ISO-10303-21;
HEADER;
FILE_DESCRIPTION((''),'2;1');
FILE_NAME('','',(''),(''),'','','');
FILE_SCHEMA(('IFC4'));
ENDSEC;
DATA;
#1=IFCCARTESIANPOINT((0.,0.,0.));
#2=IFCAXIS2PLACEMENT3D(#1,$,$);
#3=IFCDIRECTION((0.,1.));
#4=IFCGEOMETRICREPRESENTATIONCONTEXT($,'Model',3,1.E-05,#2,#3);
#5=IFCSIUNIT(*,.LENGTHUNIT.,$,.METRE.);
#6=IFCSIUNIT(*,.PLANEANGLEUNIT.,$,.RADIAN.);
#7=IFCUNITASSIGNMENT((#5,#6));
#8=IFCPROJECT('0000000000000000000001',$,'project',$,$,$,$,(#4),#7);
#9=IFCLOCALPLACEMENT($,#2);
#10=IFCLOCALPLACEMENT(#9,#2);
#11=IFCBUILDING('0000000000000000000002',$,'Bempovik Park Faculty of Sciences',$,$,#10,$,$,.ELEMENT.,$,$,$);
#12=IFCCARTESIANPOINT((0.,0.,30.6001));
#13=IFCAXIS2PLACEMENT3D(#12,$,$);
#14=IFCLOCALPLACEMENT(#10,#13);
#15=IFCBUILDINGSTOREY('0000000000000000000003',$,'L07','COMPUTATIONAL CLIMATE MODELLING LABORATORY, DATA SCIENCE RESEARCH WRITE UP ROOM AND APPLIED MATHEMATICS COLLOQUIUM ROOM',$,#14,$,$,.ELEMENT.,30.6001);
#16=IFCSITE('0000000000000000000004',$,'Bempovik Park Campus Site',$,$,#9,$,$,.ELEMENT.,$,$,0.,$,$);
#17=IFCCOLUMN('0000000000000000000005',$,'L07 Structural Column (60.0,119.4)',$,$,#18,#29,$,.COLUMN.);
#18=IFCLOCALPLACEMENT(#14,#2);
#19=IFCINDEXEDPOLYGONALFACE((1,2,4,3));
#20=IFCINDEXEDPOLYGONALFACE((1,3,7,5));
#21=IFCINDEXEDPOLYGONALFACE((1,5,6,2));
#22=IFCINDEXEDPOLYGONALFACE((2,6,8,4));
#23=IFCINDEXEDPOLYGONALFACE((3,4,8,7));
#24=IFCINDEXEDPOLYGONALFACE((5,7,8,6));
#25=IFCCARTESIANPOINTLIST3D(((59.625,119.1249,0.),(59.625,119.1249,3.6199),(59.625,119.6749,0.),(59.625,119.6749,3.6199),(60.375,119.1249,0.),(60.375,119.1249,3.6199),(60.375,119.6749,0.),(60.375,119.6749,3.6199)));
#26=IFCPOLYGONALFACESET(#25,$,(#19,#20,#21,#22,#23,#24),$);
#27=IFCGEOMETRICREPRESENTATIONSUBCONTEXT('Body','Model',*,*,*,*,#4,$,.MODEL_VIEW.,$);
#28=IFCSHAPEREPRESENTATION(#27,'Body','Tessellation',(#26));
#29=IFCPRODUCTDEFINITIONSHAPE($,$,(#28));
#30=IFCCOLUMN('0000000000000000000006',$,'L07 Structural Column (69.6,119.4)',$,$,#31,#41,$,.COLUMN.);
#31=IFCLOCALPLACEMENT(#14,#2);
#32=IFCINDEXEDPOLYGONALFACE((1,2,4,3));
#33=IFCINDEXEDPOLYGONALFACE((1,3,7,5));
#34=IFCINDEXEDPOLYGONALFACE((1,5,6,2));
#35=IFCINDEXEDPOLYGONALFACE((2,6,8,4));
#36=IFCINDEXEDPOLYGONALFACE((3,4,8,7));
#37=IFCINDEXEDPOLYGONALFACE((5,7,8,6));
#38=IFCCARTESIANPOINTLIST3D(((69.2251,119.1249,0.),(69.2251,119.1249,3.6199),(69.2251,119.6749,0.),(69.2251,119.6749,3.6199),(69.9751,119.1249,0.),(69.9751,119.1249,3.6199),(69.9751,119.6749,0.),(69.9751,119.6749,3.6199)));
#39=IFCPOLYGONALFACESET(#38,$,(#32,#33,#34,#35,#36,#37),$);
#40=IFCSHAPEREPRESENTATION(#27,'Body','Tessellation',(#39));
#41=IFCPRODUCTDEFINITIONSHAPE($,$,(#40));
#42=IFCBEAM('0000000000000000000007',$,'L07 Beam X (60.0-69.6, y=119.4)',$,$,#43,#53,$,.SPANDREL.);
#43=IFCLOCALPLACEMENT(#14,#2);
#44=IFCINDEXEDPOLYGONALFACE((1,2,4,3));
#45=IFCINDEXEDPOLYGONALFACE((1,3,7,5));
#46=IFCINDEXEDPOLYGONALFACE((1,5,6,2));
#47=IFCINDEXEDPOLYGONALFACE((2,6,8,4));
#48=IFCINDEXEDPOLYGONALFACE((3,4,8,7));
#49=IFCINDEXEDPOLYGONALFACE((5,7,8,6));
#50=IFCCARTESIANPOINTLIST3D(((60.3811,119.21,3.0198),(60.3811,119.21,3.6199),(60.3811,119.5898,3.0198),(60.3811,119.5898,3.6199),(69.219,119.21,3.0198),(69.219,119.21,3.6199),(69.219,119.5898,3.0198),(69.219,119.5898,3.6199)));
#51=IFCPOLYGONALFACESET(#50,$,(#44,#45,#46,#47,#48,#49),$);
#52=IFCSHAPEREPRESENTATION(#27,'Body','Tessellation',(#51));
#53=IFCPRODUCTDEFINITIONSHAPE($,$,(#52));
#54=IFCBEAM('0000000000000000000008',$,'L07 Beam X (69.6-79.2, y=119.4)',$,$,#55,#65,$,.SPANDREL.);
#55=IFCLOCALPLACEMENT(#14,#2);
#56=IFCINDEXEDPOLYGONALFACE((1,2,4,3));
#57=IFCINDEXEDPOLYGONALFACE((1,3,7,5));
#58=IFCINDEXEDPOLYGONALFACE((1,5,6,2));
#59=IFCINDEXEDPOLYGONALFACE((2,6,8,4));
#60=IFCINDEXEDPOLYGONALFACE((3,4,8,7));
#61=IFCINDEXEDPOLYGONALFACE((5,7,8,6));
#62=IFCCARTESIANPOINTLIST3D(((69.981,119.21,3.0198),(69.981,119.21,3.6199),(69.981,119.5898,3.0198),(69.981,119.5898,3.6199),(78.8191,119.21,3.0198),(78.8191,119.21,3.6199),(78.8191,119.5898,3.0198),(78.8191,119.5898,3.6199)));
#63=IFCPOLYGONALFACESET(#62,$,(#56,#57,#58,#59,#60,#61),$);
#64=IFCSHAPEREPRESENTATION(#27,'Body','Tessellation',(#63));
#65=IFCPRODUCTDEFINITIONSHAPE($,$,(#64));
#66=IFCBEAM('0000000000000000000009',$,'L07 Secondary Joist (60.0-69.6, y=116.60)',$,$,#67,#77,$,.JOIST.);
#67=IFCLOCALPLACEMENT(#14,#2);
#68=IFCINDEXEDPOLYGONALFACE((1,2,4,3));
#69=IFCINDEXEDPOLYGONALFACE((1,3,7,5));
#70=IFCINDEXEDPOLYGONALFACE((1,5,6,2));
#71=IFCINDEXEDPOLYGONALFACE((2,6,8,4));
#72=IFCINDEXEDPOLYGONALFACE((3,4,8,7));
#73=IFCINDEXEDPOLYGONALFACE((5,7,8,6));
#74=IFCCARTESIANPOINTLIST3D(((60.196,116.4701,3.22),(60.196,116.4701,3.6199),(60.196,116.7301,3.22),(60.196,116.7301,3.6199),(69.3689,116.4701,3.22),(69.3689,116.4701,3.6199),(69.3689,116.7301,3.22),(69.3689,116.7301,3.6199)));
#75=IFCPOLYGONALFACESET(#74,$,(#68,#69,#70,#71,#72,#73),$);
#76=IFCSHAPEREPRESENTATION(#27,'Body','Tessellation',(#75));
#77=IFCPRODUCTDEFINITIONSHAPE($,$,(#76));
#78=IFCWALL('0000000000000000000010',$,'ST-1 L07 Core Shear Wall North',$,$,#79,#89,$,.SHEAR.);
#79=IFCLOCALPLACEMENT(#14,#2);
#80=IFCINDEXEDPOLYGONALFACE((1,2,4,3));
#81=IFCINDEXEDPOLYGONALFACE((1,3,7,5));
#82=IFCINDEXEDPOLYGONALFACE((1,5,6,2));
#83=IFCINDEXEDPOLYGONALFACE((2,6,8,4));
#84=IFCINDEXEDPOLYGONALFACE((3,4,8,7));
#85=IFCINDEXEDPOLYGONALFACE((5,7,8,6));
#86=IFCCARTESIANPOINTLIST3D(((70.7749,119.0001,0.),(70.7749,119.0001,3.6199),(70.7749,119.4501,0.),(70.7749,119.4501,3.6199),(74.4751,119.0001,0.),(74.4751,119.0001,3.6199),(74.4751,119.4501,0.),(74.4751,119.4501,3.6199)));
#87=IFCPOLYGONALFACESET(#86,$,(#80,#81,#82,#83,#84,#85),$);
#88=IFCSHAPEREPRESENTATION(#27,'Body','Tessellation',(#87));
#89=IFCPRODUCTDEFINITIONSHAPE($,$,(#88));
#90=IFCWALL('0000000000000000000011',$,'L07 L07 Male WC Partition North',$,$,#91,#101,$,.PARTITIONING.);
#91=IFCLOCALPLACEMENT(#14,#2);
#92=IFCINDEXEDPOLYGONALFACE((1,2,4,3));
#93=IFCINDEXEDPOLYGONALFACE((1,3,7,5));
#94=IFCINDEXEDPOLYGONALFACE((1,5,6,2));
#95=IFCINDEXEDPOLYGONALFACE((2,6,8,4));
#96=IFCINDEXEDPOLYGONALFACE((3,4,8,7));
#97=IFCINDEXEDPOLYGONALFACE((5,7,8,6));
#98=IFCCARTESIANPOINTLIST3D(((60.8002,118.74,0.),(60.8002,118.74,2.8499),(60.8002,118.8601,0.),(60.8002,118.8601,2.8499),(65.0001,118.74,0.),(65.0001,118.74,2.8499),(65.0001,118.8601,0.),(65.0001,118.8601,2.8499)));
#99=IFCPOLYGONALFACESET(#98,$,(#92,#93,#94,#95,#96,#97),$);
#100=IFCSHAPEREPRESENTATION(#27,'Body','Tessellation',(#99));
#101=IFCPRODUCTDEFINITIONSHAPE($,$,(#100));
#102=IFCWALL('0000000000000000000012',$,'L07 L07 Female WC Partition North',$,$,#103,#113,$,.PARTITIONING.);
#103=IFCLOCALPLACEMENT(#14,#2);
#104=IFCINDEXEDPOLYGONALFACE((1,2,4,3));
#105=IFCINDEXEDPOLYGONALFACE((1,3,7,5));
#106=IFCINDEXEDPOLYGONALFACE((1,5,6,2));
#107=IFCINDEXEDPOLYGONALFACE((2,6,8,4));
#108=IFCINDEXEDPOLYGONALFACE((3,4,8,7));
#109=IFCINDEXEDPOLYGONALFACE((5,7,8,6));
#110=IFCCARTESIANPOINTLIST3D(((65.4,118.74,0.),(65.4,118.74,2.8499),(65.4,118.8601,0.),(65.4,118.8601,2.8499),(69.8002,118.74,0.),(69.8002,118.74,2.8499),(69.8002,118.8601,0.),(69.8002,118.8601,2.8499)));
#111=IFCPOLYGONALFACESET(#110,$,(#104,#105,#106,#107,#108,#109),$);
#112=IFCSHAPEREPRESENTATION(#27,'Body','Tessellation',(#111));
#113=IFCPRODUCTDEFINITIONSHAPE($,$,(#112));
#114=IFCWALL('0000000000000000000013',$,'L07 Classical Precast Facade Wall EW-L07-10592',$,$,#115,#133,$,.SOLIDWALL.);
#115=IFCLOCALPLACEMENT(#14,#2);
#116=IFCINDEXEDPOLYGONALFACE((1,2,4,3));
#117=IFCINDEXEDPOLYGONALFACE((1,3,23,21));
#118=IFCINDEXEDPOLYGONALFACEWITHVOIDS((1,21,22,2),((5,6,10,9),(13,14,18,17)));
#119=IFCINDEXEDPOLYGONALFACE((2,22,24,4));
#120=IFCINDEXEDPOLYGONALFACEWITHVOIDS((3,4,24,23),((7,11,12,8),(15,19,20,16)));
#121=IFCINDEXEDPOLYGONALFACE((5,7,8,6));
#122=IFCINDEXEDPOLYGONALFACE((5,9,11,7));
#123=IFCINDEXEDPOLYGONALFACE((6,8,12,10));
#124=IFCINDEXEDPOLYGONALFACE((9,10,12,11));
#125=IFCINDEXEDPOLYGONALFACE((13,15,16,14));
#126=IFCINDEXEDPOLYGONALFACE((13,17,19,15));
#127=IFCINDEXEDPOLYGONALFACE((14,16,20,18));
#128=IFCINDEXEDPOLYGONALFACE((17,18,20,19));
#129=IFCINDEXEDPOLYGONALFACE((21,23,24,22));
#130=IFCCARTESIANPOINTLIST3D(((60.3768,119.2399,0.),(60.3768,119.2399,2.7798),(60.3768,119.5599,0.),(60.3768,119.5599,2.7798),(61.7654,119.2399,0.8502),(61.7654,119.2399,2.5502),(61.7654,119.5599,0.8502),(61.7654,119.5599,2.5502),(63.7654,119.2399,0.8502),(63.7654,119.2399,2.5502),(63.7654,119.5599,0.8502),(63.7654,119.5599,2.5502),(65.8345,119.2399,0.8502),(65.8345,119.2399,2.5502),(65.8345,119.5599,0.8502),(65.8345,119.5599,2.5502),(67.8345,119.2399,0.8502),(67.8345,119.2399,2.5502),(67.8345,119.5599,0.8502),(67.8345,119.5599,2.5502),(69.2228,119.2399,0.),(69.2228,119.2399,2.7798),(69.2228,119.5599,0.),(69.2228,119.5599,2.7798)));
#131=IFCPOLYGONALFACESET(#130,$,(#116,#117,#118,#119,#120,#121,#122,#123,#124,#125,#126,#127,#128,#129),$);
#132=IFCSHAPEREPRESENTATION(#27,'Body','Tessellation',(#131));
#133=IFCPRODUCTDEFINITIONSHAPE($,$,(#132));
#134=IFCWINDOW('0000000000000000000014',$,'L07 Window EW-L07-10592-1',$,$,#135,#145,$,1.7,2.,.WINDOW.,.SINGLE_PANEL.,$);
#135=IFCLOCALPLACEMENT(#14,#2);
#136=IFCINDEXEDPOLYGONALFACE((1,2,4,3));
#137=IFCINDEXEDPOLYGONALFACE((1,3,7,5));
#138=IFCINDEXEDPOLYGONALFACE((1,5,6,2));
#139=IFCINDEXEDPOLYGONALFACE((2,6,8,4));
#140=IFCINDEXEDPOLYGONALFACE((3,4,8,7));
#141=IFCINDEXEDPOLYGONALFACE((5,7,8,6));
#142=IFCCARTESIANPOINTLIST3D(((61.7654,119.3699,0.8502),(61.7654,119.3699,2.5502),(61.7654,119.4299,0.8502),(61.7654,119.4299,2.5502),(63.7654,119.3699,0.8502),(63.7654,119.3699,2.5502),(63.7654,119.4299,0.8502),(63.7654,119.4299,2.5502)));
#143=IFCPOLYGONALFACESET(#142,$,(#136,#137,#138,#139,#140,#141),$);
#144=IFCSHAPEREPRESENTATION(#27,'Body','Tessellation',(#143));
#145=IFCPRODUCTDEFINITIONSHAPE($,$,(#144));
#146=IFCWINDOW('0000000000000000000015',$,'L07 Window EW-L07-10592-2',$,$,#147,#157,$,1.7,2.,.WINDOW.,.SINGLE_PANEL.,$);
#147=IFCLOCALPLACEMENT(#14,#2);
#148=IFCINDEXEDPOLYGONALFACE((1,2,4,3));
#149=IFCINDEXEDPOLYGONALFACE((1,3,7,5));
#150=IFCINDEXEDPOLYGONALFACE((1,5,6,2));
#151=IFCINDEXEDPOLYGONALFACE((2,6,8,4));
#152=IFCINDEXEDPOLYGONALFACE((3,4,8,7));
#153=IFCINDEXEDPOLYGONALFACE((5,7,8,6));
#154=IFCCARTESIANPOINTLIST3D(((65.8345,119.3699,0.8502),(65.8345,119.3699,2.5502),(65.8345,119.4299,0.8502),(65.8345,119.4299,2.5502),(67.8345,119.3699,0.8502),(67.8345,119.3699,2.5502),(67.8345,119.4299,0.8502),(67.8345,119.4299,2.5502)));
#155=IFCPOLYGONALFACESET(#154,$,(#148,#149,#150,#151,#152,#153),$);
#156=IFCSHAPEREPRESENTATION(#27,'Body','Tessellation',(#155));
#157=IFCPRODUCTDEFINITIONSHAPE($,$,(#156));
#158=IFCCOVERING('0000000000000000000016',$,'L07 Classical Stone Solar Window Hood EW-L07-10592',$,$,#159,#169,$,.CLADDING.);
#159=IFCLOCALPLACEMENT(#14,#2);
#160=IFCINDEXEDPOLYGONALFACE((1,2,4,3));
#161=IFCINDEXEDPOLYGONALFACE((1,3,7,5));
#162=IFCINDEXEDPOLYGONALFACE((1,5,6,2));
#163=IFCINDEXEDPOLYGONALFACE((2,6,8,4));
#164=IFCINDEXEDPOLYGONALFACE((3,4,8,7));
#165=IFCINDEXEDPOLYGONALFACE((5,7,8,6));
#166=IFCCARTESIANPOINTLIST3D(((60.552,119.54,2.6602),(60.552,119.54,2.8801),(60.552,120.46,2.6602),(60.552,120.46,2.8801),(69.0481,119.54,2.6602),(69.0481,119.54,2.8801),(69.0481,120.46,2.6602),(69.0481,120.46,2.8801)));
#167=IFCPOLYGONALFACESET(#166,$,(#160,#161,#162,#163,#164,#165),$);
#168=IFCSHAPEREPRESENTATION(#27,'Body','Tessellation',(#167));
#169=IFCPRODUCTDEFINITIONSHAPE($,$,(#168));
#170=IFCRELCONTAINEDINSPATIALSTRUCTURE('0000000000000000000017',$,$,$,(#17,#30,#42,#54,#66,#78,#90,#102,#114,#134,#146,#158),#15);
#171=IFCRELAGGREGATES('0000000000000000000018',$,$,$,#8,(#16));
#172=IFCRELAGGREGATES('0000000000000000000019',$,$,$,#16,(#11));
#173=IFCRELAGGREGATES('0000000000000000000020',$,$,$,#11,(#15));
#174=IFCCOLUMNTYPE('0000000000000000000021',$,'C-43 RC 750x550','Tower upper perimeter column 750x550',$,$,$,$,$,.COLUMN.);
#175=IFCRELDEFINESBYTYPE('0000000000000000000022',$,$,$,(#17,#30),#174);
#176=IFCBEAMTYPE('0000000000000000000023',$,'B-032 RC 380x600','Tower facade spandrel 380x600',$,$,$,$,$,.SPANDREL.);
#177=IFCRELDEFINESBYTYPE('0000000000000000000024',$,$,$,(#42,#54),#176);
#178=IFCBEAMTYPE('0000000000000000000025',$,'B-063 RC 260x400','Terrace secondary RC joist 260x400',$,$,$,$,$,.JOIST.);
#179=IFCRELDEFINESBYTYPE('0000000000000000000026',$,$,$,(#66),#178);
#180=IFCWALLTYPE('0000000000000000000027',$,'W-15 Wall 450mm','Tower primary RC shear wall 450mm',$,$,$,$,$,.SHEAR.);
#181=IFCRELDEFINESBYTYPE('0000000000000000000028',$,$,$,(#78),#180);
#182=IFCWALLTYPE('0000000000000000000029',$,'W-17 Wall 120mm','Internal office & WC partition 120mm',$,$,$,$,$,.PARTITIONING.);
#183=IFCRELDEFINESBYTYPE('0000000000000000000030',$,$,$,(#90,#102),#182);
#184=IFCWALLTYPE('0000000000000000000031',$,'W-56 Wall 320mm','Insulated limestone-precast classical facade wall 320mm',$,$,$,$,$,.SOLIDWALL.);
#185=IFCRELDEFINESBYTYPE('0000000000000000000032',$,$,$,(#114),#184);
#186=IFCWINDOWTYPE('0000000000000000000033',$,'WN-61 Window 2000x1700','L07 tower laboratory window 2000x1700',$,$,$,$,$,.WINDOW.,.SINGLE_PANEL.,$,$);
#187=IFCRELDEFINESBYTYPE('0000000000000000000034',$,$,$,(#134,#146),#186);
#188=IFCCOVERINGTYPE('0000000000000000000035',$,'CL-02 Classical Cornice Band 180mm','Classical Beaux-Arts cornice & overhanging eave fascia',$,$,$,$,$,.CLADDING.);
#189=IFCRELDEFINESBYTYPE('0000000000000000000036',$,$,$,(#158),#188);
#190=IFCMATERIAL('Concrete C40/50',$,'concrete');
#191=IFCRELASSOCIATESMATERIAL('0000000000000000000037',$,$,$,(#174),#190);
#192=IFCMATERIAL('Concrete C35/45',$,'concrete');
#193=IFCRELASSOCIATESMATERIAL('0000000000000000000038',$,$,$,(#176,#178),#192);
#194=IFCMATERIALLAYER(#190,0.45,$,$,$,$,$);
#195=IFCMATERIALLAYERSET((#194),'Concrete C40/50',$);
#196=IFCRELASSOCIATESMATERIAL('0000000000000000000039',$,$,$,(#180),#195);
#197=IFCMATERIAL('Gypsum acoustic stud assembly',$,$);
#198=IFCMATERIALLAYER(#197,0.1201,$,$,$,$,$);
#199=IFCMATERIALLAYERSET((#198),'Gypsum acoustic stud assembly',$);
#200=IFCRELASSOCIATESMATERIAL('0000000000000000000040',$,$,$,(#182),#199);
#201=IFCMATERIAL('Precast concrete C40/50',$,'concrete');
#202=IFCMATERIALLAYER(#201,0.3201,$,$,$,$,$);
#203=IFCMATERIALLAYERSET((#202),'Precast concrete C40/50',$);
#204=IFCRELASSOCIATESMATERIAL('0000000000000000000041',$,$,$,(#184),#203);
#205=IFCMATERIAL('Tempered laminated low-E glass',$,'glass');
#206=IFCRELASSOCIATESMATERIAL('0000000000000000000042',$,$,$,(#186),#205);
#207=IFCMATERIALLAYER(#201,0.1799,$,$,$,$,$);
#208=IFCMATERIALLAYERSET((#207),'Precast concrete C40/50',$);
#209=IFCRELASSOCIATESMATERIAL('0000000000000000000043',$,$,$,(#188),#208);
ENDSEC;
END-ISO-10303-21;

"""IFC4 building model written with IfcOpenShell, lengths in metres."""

from ifc_helpers import new_model, si_unit, direction, frame, frame_2d, origin, origin_2d, place, context, subcontext, project, spatial, rectangle, extrude, material, layer, layer_set, material_profile, profile_set, type_object, element, fill, save


model = new_model("IFC4")

# Units and contexts
model_context = context("Model", 3, precision=1e-05, world=origin(), true_north=direction((0.0, 1.0)))
body_context = subcontext(model_context, "Body", "Model", "MODEL_VIEW")
ifc_project = project(units=[si_unit("LENGTHUNIT", "METRE"), si_unit("PLANEANGLEUNIT", "RADIAN")], contexts=[model_context])

# Site, building, storey
site_placement = place(None, origin())
site = spatial("IfcSite", under=ifc_project, at=site_placement, Name="Bempovik Park Campus Site", CompositionType="ELEMENT", RefElevation=0.0)
building_placement = place(site_placement, origin())
building = spatial("IfcBuilding", under=site, at=building_placement, Name="Bempovik Park Faculty of Sciences", CompositionType="ELEMENT")
storey_placement = place(building_placement, frame((0.0, 0.0, 30.6001)))
storey = spatial("IfcBuildingStorey", under=building, at=storey_placement, Name="L07", Description="COMPUTATIONAL CLIMATE MODELLING LABORATORY, DATA SCIENCE RESEARCH WRITE UP ROOM AND APPLIED MATHEMATICS COLLOQUIUM ROOM", CompositionType="ELEMENT", Elevation=30.6001)

# Columns
ifc_material_1 = material(Name="Concrete C40/50", Category="concrete")
ifc_material_profile_1 = material_profile(ifc_material_1, rectangle(XDim=0.75, YDim=0.55, at=origin_2d()), Name="RC 750x550")
ifc_profile_set_1 = profile_set([ifc_material_profile_1], Name="Concrete C40/50")
column_type = type_object("IfcColumnType", Name="C-43 RC 750x550", Description="Tower upper perimeter column 750x550", PredefinedType="COLUMN", material=ifc_profile_set_1)
for number, where, z_axis, x_axis, name in (
    (1, (60.0, 119.3999, 0.0), (0.0, 0.0, 1.0), (1.0, 0.0, 0.0), "L07 Structural Column (60.0,119.4)"),
    (2, (69.6001, 119.3999, 0.0), (0.0, 0.0, 1.0), (1.0, 0.0, 0.0), "L07 Structural Column (69.6,119.4)"),
):
    element("IfcColumn", number, at=place(storey_placement, frame(where, z_axis=z_axis, x_axis=x_axis)), inside=storey, type_object=column_type, Name=name, PredefinedType="COLUMN", context=body_context, shape_type="SweptSolid", body=[
        extrude(rectangle(XDim=0.75, YDim=0.55, at=origin_2d()), origin(), (0.0, 0.0, 1.0), 3.6199),
    ])

# Beams
ifc_material_2 = material(Name="Concrete C35/45", Category="concrete")
ifc_material_profile_2 = material_profile(ifc_material_2, rectangle(XDim=0.3799, YDim=0.6001, at=origin_2d()), Name="RC 380x600")
ifc_profile_set_2 = profile_set([ifc_material_profile_2], Name="Concrete C35/45")
beam_type_1 = type_object("IfcBeamType", Name="B-032 RC 380x600", Description="Tower facade spandrel 380x600", PredefinedType="SPANDREL", material=ifc_profile_set_2)
beam_1_placement = place(storey_placement, frame((60.3811, 119.3999, 3.3198), z_axis=(1.0, 0.0, 0.0), x_axis=(0.0, 1.0, 0.0)))
element("IfcBeam", 3, at=beam_1_placement, inside=storey, type_object=beam_type_1, Name="L07 Beam X (60.0-69.6, y=119.4)", PredefinedType="SPANDREL", context=body_context, shape_type="SweptSolid", body=[
    extrude(rectangle(XDim=0.3799, YDim=0.6001, at=origin_2d()), origin(), (0.0, 0.0, 1.0), 8.8379),
])
beam_2_placement = place(storey_placement, frame((69.981, 119.3999, 3.3198), z_axis=(1.0, 0.0, 0.0), x_axis=(0.0, 1.0, 0.0)))
element("IfcBeam", 4, at=beam_2_placement, inside=storey, type_object=beam_type_1, Name="L07 Beam X (69.6-79.2, y=119.4)", PredefinedType="SPANDREL", context=body_context, shape_type="SweptSolid", body=[
    extrude(rectangle(XDim=0.3799, YDim=0.6001, at=origin_2d()), origin(), (0.0, 0.0, 1.0), 8.8381),
])
ifc_material_profile_3 = material_profile(ifc_material_2, rectangle(XDim=0.26, YDim=0.3999, at=origin_2d()), Name="RC 260x400")
ifc_profile_set_3 = profile_set([ifc_material_profile_3], Name="Concrete C35/45")
beam_type_2 = type_object("IfcBeamType", Name="B-063 RC 260x400", Description="Terrace secondary RC joist 260x400", PredefinedType="JOIST", material=ifc_profile_set_3)
beam_3_placement = place(storey_placement, frame((60.196, 116.6001, 3.4199), z_axis=(1.0, 0.0, 0.0), x_axis=(0.0, 1.0, 0.0)))
element("IfcBeam", 5, at=beam_3_placement, inside=storey, type_object=beam_type_2, Name="L07 Secondary Joist (60.0-69.6, y=116.60)", PredefinedType="JOIST", context=body_context, shape_type="SweptSolid", body=[
    extrude(rectangle(XDim=0.26, YDim=0.3999, at=origin_2d()), origin(), (0.0, 0.0, 1.0), 9.1729),
])

# Walls
ifc_layer_1 = layer(ifc_material_1, 0.45)
ifc_layer_set_1 = layer_set([ifc_layer_1], Name="Concrete C40/50")
wall_type_1 = type_object("IfcWallType", Name="W-15 Wall 450mm", Description="Tower primary RC shear wall 450mm", PredefinedType="SHEAR", material=ifc_layer_set_1)
wall_1_placement = place(storey_placement, frame((70.7749, 119.2251, 0.0), z_axis=(0.0, 0.0, 1.0), x_axis=(1.0, 0.0, 0.0)))
element("IfcWall", 6, at=wall_1_placement, inside=storey, type_object=wall_type_1, Name="ST-1 L07 Core Shear Wall North", PredefinedType="SHEAR", context=body_context, shape_type="SweptSolid", body=[
    extrude(rectangle(XDim=3.7002, YDim=0.45, at=frame_2d((1.8501, 0.0))), origin(), (0.0, 0.0, 1.0), 3.6199),
])
ifc_material_3 = material(Name="Gypsum acoustic stud assembly")
ifc_layer_2 = layer(ifc_material_3, 0.1201)
ifc_layer_set_2 = layer_set([ifc_layer_2], Name="Gypsum acoustic stud assembly")
wall_type_2 = type_object("IfcWallType", Name="W-17 Wall 120mm", Description="Internal office & WC partition 120mm", PredefinedType="PARTITIONING", material=ifc_layer_set_2)
wall_2_placement = place(storey_placement, frame((60.8, 118.8, 0.0), z_axis=(0.0, 0.0, 1.0), x_axis=(1.0, 0.0, 0.0)))
element("IfcWall", 7, at=wall_2_placement, inside=storey, type_object=wall_type_2, Name="L07 L07 Male WC Partition North", PredefinedType="PARTITIONING", context=body_context, shape_type="SweptSolid", body=[
    extrude(rectangle(XDim=4.2, YDim=0.1201, at=frame_2d((2.1001, 0.0))), origin(), (0.0, 0.0, 1.0), 2.8499),
])
wall_3_placement = place(storey_placement, frame((65.3999, 118.8, 0.0), z_axis=(0.0, 0.0, 1.0), x_axis=(1.0, 0.0, 0.0)))
element("IfcWall", 8, at=wall_3_placement, inside=storey, type_object=wall_type_2, Name="L07 L07 Female WC Partition North", PredefinedType="PARTITIONING", context=body_context, shape_type="SweptSolid", body=[
    extrude(rectangle(XDim=4.4001, YDim=0.1201, at=frame_2d((2.2002, 0.0))), origin(), (0.0, 0.0, 1.0), 2.8499),
])

# Wall, openings, windows
ifc_material_4 = material(Name="Precast concrete C40/50", Category="concrete")
ifc_layer_3 = layer(ifc_material_4, 0.3201)
ifc_layer_set_3 = layer_set([ifc_layer_3], Name="Precast concrete C40/50")
wall_type_3 = type_object("IfcWallType", Name="W-56 Wall 320mm", Description="Insulated limestone-precast classical facade wall 320mm", PredefinedType="SOLIDWALL", material=ifc_layer_set_3)
wall_4_placement = place(storey_placement, frame((60.377, 119.3999, 0.0), z_axis=(0.0, 0.0, 1.0), x_axis=(1.0, 0.0, 0.0)))
wall_4 = element("IfcWall", 9, at=wall_4_placement, inside=storey, type_object=wall_type_3, Name="L07 Classical Precast Facade Wall EW-L07-10592", PredefinedType="SOLIDWALL", context=body_context, shape_type="SweptSolid", body=[
    extrude(rectangle(XDim=8.8459, YDim=0.3201, at=frame_2d((4.4229, 0.0))), origin(), (0.0, 0.0, 1.0), 2.7798),
])
opening_1_placement = place(wall_4_placement, frame((1.3884, 0.0, 0.8501)))
opening_1 = element("IfcOpeningElement", 10, at=opening_1_placement, cuts=wall_4, PredefinedType="OPENING", context=body_context, shape_type="SweptSolid", body=[
    extrude(rectangle(XDim=2.0, YDim=1.7, at=frame_2d((1.0, 0.8501))), frame((0.0, 0.1699, 0.0), z_axis=(0.0, -1.0, 0.0), x_axis=(1.0, 0.0, 0.0)), (0.0, 0.0, 1.0), 0.3401),
])
opening_2_placement = place(wall_4_placement, frame((5.4575, 0.0, 0.8501)))
opening_2 = element("IfcOpeningElement", 11, at=opening_2_placement, cuts=wall_4, PredefinedType="OPENING", context=body_context, shape_type="SweptSolid", body=[
    extrude(rectangle(XDim=2.0, YDim=1.7, at=frame_2d((1.0, 0.8501))), frame((0.0, 0.1699, 0.0), z_axis=(0.0, -1.0, 0.0), x_axis=(1.0, 0.0, 0.0)), (0.0, 0.0, 1.0), 0.3401),
])
ifc_material_5 = material(Name="Tempered laminated low-E glass", Category="glass")
window_type = type_object("IfcWindowType", Name="WN-61 Window 2000x1700", Description="L07 tower laboratory window 2000x1700", PartitioningType="SINGLE_PANEL", PredefinedType="WINDOW", material=ifc_material_5)
window_1_placement = place(opening_1_placement, origin())
window_1 = element("IfcWindow", 12, at=window_1_placement, inside=storey, type_object=window_type, Name="L07 Window EW-L07-10592-1", OverallHeight=1.7, OverallWidth=2.0, PartitioningType="SINGLE_PANEL", PredefinedType="WINDOW", context=body_context, shape_type="SweptSolid", body=[
    extrude(rectangle(XDim=2.0, YDim=1.7, at=frame_2d((1.0, 0.8501))), frame((0.0, 0.03, 0.0), z_axis=(0.0, -1.0, 0.0), x_axis=(1.0, 0.0, 0.0)), (0.0, 0.0, 1.0), 0.0601),
])
fill(opening_1, window_1)
window_2_placement = place(opening_2_placement, origin())
window_2 = element("IfcWindow", 13, at=window_2_placement, inside=storey, type_object=window_type, Name="L07 Window EW-L07-10592-2", OverallHeight=1.7, OverallWidth=2.0, PartitioningType="SINGLE_PANEL", PredefinedType="WINDOW", context=body_context, shape_type="SweptSolid", body=[
    extrude(rectangle(XDim=2.0, YDim=1.7, at=frame_2d((1.0, 0.8501))), frame((0.0, 0.03, 0.0), z_axis=(0.0, -1.0, 0.0), x_axis=(1.0, 0.0, 0.0)), (0.0, 0.0, 1.0), 0.0601),
])
fill(opening_2, window_2)

# Covering
ifc_layer_4 = layer(ifc_material_4, 0.1799)
ifc_layer_set_4 = layer_set([ifc_layer_4], Name="Precast concrete C40/50")
covering_type_1 = type_object("IfcCoveringType", Name="CL-02 Classical Cornice Band 180mm", Description="Classical Beaux-Arts cornice & overhanging eave fascia", PredefinedType="CLADDING", material=ifc_layer_set_4)
covering_1_placement = place(storey_placement, frame((64.8, 120.0, 2.6602), z_axis=(0.0, 0.0, 1.0), x_axis=(1.0, 0.0, 0.0)))
element("IfcCovering", 14, at=covering_1_placement, inside=storey, type_object=covering_type_1, Name="L07 Classical Stone Solar Window Hood EW-L07-10592", PredefinedType="CLADDING", context=body_context, shape_type="SweptSolid", body=[
    extrude(rectangle(XDim=8.4961, YDim=0.9199, at=origin_2d()), origin(), (0.0, 0.0, 1.0), 0.22),
])

save(model, "model.ifc")
